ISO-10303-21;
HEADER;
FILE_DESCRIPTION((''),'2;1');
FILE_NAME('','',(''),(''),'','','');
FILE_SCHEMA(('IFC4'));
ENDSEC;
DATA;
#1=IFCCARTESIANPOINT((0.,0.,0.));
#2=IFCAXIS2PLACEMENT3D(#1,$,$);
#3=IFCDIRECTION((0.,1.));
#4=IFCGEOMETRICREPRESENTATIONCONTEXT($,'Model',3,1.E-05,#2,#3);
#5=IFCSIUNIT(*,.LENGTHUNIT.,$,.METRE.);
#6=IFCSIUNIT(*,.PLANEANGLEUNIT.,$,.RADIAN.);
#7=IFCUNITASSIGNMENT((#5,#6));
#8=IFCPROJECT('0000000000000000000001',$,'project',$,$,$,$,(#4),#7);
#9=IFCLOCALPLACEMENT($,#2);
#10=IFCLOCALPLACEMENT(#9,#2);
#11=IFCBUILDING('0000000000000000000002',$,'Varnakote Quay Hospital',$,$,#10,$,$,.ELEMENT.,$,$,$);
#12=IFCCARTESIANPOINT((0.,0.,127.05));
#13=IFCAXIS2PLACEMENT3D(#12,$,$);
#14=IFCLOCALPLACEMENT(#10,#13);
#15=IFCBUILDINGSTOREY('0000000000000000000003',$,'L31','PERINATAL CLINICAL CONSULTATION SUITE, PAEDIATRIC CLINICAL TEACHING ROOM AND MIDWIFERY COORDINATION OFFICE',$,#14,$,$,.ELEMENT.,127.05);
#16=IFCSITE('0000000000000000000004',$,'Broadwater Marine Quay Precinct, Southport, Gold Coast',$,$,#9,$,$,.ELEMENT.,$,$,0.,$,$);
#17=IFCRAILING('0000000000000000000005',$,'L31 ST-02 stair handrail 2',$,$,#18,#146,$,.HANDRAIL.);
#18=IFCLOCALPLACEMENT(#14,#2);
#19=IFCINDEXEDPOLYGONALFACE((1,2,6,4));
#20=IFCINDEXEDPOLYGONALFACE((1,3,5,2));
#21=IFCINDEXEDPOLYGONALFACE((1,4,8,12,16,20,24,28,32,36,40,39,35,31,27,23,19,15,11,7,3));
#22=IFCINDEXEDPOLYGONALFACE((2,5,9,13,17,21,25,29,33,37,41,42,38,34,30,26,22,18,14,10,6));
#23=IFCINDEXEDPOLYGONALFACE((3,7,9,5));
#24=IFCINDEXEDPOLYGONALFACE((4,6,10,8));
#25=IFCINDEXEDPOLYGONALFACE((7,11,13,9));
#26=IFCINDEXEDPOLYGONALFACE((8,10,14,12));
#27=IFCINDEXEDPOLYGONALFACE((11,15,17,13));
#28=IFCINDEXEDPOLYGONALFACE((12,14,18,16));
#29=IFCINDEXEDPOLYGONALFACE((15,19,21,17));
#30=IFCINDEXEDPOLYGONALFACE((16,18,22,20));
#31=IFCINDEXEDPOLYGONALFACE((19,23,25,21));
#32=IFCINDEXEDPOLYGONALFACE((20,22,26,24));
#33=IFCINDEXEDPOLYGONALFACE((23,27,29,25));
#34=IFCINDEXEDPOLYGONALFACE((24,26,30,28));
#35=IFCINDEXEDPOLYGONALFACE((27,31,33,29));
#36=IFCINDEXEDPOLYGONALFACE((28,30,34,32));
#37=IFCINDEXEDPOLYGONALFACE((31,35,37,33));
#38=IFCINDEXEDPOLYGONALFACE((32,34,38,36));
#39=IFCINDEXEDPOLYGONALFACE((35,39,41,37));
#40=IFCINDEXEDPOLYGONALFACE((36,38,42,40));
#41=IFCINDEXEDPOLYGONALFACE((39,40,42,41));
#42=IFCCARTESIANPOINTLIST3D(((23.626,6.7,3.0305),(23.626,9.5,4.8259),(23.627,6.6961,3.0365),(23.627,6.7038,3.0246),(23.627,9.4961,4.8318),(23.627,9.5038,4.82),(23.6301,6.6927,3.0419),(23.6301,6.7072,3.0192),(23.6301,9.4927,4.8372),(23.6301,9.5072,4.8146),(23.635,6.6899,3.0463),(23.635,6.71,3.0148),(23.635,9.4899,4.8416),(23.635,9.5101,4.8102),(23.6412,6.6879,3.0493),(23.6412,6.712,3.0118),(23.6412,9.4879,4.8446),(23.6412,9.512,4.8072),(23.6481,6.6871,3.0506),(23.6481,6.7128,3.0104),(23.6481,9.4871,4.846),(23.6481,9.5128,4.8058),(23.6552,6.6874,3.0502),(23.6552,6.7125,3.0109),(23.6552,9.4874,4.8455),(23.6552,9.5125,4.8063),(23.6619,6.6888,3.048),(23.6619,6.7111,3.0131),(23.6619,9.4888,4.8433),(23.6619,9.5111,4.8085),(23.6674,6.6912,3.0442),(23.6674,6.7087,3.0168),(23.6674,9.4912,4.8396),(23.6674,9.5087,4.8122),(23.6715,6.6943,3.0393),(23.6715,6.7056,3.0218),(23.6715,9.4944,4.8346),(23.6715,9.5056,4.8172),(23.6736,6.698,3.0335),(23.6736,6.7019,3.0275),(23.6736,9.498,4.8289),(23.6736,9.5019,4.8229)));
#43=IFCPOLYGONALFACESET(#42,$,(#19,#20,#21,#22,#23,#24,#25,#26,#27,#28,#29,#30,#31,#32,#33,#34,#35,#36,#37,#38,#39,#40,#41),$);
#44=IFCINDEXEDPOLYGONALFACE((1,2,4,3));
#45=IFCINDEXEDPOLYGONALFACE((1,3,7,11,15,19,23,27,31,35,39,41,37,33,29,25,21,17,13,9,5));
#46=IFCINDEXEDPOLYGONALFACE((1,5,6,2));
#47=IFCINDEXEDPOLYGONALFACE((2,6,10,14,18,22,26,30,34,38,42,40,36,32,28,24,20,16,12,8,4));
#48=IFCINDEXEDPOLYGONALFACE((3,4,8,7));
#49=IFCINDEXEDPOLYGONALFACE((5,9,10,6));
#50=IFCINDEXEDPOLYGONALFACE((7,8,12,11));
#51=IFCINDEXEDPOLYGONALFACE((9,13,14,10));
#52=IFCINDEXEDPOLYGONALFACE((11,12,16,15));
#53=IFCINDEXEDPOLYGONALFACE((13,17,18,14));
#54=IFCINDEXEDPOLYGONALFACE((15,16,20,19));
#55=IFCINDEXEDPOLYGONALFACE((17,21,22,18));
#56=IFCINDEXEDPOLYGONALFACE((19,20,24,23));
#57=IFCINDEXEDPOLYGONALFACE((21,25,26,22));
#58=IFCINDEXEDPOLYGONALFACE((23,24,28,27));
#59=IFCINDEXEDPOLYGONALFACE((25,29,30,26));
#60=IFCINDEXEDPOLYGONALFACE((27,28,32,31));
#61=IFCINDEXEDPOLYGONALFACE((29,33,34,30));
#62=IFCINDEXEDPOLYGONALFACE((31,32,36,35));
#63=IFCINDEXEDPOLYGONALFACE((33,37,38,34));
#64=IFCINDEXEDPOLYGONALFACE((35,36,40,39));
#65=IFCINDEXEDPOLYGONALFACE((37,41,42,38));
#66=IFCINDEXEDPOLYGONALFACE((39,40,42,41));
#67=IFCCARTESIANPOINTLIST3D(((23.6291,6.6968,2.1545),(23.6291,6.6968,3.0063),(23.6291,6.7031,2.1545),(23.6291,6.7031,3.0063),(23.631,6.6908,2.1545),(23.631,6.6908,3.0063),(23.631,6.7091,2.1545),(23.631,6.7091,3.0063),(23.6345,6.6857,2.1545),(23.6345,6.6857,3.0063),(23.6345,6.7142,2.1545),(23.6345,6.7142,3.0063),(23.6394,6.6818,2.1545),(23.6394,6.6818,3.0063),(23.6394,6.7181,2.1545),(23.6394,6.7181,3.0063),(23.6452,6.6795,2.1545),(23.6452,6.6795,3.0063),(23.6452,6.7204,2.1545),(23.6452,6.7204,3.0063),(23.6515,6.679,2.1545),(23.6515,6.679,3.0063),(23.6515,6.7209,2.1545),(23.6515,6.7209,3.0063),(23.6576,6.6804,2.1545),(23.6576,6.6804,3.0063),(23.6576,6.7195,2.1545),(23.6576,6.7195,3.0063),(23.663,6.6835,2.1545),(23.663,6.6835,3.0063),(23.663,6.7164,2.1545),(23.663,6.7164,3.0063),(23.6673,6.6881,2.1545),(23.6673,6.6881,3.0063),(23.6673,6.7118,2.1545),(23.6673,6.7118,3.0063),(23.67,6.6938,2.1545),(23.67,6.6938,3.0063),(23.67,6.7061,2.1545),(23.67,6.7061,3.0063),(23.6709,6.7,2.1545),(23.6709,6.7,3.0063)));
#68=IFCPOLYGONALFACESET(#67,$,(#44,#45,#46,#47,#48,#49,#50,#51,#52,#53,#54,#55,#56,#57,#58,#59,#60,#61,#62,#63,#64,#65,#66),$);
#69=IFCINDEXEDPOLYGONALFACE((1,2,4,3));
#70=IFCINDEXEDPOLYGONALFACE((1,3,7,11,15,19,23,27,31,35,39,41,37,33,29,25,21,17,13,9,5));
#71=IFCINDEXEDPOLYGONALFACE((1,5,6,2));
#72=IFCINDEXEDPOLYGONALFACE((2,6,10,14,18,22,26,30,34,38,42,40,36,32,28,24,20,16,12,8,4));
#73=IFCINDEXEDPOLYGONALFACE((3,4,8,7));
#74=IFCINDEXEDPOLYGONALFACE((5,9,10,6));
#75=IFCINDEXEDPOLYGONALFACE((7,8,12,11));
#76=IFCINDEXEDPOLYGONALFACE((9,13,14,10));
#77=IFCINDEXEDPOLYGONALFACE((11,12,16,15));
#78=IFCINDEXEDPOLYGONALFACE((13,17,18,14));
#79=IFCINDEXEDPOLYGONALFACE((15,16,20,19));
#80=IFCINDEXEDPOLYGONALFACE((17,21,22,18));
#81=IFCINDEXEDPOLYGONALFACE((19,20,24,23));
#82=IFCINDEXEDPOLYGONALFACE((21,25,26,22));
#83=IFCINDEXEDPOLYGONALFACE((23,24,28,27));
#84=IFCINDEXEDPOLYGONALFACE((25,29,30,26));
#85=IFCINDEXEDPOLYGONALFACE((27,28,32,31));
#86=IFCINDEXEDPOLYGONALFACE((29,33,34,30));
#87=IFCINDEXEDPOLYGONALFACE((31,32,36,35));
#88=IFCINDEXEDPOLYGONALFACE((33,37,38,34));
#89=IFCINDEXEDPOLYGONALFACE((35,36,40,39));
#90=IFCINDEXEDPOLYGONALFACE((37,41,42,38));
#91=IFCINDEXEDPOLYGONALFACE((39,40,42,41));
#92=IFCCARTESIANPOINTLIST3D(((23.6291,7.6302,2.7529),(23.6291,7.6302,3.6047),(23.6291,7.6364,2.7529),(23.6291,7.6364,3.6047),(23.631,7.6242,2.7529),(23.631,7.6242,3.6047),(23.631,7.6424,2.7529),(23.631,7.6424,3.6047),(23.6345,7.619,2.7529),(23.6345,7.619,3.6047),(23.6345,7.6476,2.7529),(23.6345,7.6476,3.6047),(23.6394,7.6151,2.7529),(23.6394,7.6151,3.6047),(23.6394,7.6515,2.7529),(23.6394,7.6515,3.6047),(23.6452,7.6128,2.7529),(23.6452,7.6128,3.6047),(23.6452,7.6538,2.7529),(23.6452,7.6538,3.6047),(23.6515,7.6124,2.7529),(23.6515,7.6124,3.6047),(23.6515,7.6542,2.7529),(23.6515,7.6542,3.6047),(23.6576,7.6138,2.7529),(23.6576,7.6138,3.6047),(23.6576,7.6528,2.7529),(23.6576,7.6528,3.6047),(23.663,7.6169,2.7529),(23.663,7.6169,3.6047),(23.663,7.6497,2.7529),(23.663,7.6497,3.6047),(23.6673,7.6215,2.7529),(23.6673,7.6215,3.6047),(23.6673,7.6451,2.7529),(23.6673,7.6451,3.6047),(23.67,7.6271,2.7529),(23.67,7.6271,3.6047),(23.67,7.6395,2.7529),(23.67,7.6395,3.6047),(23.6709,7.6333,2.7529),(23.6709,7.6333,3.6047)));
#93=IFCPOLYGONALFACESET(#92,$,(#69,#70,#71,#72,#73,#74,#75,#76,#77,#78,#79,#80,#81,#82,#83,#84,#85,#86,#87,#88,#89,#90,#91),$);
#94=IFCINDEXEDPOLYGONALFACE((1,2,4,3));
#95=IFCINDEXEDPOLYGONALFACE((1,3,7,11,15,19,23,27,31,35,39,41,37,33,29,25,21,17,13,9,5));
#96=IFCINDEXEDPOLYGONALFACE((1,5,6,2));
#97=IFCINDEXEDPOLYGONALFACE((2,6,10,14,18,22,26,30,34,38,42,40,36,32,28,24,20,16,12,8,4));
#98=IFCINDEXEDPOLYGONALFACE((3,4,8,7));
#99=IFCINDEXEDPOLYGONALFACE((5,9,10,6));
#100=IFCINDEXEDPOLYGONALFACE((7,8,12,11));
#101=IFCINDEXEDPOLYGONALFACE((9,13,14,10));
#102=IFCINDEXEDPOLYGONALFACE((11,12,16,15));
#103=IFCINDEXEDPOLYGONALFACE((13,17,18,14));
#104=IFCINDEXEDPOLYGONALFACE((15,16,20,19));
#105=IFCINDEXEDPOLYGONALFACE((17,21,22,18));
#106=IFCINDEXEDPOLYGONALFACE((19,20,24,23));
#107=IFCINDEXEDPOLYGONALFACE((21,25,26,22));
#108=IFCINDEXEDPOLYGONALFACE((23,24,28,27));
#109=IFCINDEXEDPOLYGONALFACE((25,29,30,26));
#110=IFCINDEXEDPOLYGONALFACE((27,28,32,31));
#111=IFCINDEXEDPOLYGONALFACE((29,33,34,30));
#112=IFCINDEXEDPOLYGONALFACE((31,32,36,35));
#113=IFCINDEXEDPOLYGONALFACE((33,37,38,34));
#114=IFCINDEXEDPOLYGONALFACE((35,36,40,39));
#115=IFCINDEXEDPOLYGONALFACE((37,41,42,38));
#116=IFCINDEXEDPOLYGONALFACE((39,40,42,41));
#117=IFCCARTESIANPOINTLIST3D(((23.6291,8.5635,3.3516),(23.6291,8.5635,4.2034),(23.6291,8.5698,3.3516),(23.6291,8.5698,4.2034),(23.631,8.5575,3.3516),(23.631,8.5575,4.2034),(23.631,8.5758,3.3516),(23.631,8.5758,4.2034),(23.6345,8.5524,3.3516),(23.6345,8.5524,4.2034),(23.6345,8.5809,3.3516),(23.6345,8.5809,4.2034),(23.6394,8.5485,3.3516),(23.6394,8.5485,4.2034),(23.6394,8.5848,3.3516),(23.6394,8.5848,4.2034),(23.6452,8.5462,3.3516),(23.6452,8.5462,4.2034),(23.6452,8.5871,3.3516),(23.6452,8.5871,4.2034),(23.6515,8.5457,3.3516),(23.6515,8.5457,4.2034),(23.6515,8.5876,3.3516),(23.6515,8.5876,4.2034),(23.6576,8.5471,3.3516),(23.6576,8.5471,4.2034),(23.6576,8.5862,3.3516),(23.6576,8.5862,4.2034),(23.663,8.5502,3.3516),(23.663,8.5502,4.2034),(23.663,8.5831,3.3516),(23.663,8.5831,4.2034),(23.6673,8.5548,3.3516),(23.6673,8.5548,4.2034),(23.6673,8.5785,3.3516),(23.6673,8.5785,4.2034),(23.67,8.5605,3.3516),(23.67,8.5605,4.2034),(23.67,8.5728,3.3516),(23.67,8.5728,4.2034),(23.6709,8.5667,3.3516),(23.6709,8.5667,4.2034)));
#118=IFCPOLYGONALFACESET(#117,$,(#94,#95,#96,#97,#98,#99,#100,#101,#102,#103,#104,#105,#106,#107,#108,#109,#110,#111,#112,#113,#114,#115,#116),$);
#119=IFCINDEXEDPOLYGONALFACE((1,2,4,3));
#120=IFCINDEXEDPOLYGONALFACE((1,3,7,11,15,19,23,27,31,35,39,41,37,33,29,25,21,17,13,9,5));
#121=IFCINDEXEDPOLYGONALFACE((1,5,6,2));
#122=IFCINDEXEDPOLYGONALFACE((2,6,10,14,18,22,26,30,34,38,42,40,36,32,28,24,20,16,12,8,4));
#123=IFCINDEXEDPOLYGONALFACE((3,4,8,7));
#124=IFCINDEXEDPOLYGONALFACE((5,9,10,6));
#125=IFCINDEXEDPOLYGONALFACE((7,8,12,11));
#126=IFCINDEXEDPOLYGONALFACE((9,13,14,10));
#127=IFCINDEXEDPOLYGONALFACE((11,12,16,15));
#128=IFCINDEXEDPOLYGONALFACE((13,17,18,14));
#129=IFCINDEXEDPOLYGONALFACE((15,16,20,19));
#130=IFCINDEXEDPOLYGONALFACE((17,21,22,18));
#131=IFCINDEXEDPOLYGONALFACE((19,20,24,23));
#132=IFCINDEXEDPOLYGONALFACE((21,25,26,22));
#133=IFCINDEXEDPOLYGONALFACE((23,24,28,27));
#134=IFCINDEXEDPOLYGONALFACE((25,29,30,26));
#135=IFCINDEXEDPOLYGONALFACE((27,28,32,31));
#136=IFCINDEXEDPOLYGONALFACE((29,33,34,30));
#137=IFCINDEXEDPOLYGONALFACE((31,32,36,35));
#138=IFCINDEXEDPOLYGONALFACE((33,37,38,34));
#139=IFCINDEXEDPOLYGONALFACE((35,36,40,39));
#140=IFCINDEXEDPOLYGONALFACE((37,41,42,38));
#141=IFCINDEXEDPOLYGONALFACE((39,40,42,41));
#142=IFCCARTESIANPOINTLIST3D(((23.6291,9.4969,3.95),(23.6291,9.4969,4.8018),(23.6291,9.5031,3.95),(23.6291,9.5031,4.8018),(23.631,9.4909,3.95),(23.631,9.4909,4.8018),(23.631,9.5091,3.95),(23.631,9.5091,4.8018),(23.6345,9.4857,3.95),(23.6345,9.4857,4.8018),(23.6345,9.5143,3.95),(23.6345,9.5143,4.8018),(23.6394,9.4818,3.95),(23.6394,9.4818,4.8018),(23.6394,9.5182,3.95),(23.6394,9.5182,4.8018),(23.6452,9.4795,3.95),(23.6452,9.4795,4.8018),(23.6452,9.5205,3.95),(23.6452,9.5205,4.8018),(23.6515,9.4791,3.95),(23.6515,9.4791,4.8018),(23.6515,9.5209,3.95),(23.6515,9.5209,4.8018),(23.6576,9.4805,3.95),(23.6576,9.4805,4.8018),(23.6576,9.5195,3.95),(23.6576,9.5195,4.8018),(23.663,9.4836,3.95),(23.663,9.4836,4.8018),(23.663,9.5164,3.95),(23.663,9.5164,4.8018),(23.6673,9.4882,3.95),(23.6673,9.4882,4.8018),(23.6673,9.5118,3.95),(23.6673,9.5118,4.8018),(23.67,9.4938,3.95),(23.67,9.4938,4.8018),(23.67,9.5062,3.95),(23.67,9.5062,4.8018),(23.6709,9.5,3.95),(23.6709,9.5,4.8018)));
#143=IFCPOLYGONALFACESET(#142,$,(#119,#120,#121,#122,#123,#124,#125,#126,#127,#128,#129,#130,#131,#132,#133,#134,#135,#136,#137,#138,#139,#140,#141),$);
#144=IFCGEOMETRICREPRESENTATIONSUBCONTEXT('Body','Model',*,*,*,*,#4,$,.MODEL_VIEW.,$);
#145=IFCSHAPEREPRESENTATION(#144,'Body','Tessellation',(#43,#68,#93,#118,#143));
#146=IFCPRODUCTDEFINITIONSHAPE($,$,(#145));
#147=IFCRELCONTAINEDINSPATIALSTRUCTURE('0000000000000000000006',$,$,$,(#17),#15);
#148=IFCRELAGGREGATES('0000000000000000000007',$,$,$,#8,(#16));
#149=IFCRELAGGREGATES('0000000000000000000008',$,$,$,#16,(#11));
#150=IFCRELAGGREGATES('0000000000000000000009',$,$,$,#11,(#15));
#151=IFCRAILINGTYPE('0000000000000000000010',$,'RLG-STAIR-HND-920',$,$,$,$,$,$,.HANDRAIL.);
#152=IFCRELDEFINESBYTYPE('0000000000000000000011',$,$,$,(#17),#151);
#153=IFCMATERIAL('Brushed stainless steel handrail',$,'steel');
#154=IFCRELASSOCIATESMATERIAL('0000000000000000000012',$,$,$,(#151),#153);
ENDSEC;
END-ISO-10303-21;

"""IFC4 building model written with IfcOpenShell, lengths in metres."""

from ifc_helpers import new_model, si_unit, direction, frame, origin, origin_2d, place, context, subcontext, project, spatial, circle, extrude, material, type_object, element, save


model = new_model("IFC4")

# Units and contexts
model_context = context("Model", 3, precision=1e-05, world=origin(), true_north=direction((0.0, 1.0)))
body_context = subcontext(model_context, "Body", "Model", "MODEL_VIEW")
ifc_project = project(units=[si_unit("LENGTHUNIT", "METRE"), si_unit("PLANEANGLEUNIT", "RADIAN")], contexts=[model_context])

# Site, building, storey
site_placement = place(None, origin())
site = spatial("IfcSite", under=ifc_project, at=site_placement, Name="Broadwater Marine Quay Precinct, Southport, Gold Coast", CompositionType="ELEMENT", RefElevation=0.0)
building_placement = place(site_placement, origin())
building = spatial("IfcBuilding", under=site, at=building_placement, Name="Varnakote Quay Hospital", CompositionType="ELEMENT")
storey_placement = place(building_placement, frame((0.0, 0.0, 127.05)))
storey = spatial("IfcBuildingStorey", under=building, at=storey_placement, Name="L31", Description="PERINATAL CLINICAL CONSULTATION SUITE, PAEDIATRIC CLINICAL TEACHING ROOM AND MIDWIFERY COORDINATION OFFICE", CompositionType="ELEMENT", Elevation=127.05)

# Railing
ifc_material_1 = material(Name="Brushed stainless steel handrail", Category="steel")
railing_type_1 = type_object("IfcRailingType", Name="RLG-STAIR-HND-920", PredefinedType="HANDRAIL", material=ifc_material_1)
railing_1_placement = place(storey_placement, frame((23.6499, 6.7, 2.1545)))
element("IfcRailing", 1, at=railing_1_placement, inside=storey, type_object=railing_type_1, Name="L31 ST-02 stair handrail 2", PredefinedType="HANDRAIL", context=body_context, shape_type="SweptSolid", body=[
    extrude(circle(Radius=0.0239, at=origin_2d()), frame((0.0, 0.0, 0.876), z_axis=(0.0, 0.84181, 0.539774), x_axis=(-1.0, 0.0, 0.0)), (0.0, 0.0, 1.0), 3.3262),
    extrude(circle(Radius=0.021, at=origin_2d()), origin(), (0.0, 0.0, 1.0), 0.8518),
    extrude(circle(Radius=0.021, at=origin_2d()), frame((0.0, 0.9333, 0.5984)), (0.0, 0.0, 1.0), 0.8518),
    extrude(circle(Radius=0.021, at=origin_2d()), frame((0.0, 1.8667, 1.197)), (0.0, 0.0, 1.0), 0.8518),
    extrude(circle(Radius=0.021, at=origin_2d()), frame((0.0, 2.8, 1.7954)), (0.0, 0.0, 1.0), 0.8518),
])

save(model, "model.ifc")
